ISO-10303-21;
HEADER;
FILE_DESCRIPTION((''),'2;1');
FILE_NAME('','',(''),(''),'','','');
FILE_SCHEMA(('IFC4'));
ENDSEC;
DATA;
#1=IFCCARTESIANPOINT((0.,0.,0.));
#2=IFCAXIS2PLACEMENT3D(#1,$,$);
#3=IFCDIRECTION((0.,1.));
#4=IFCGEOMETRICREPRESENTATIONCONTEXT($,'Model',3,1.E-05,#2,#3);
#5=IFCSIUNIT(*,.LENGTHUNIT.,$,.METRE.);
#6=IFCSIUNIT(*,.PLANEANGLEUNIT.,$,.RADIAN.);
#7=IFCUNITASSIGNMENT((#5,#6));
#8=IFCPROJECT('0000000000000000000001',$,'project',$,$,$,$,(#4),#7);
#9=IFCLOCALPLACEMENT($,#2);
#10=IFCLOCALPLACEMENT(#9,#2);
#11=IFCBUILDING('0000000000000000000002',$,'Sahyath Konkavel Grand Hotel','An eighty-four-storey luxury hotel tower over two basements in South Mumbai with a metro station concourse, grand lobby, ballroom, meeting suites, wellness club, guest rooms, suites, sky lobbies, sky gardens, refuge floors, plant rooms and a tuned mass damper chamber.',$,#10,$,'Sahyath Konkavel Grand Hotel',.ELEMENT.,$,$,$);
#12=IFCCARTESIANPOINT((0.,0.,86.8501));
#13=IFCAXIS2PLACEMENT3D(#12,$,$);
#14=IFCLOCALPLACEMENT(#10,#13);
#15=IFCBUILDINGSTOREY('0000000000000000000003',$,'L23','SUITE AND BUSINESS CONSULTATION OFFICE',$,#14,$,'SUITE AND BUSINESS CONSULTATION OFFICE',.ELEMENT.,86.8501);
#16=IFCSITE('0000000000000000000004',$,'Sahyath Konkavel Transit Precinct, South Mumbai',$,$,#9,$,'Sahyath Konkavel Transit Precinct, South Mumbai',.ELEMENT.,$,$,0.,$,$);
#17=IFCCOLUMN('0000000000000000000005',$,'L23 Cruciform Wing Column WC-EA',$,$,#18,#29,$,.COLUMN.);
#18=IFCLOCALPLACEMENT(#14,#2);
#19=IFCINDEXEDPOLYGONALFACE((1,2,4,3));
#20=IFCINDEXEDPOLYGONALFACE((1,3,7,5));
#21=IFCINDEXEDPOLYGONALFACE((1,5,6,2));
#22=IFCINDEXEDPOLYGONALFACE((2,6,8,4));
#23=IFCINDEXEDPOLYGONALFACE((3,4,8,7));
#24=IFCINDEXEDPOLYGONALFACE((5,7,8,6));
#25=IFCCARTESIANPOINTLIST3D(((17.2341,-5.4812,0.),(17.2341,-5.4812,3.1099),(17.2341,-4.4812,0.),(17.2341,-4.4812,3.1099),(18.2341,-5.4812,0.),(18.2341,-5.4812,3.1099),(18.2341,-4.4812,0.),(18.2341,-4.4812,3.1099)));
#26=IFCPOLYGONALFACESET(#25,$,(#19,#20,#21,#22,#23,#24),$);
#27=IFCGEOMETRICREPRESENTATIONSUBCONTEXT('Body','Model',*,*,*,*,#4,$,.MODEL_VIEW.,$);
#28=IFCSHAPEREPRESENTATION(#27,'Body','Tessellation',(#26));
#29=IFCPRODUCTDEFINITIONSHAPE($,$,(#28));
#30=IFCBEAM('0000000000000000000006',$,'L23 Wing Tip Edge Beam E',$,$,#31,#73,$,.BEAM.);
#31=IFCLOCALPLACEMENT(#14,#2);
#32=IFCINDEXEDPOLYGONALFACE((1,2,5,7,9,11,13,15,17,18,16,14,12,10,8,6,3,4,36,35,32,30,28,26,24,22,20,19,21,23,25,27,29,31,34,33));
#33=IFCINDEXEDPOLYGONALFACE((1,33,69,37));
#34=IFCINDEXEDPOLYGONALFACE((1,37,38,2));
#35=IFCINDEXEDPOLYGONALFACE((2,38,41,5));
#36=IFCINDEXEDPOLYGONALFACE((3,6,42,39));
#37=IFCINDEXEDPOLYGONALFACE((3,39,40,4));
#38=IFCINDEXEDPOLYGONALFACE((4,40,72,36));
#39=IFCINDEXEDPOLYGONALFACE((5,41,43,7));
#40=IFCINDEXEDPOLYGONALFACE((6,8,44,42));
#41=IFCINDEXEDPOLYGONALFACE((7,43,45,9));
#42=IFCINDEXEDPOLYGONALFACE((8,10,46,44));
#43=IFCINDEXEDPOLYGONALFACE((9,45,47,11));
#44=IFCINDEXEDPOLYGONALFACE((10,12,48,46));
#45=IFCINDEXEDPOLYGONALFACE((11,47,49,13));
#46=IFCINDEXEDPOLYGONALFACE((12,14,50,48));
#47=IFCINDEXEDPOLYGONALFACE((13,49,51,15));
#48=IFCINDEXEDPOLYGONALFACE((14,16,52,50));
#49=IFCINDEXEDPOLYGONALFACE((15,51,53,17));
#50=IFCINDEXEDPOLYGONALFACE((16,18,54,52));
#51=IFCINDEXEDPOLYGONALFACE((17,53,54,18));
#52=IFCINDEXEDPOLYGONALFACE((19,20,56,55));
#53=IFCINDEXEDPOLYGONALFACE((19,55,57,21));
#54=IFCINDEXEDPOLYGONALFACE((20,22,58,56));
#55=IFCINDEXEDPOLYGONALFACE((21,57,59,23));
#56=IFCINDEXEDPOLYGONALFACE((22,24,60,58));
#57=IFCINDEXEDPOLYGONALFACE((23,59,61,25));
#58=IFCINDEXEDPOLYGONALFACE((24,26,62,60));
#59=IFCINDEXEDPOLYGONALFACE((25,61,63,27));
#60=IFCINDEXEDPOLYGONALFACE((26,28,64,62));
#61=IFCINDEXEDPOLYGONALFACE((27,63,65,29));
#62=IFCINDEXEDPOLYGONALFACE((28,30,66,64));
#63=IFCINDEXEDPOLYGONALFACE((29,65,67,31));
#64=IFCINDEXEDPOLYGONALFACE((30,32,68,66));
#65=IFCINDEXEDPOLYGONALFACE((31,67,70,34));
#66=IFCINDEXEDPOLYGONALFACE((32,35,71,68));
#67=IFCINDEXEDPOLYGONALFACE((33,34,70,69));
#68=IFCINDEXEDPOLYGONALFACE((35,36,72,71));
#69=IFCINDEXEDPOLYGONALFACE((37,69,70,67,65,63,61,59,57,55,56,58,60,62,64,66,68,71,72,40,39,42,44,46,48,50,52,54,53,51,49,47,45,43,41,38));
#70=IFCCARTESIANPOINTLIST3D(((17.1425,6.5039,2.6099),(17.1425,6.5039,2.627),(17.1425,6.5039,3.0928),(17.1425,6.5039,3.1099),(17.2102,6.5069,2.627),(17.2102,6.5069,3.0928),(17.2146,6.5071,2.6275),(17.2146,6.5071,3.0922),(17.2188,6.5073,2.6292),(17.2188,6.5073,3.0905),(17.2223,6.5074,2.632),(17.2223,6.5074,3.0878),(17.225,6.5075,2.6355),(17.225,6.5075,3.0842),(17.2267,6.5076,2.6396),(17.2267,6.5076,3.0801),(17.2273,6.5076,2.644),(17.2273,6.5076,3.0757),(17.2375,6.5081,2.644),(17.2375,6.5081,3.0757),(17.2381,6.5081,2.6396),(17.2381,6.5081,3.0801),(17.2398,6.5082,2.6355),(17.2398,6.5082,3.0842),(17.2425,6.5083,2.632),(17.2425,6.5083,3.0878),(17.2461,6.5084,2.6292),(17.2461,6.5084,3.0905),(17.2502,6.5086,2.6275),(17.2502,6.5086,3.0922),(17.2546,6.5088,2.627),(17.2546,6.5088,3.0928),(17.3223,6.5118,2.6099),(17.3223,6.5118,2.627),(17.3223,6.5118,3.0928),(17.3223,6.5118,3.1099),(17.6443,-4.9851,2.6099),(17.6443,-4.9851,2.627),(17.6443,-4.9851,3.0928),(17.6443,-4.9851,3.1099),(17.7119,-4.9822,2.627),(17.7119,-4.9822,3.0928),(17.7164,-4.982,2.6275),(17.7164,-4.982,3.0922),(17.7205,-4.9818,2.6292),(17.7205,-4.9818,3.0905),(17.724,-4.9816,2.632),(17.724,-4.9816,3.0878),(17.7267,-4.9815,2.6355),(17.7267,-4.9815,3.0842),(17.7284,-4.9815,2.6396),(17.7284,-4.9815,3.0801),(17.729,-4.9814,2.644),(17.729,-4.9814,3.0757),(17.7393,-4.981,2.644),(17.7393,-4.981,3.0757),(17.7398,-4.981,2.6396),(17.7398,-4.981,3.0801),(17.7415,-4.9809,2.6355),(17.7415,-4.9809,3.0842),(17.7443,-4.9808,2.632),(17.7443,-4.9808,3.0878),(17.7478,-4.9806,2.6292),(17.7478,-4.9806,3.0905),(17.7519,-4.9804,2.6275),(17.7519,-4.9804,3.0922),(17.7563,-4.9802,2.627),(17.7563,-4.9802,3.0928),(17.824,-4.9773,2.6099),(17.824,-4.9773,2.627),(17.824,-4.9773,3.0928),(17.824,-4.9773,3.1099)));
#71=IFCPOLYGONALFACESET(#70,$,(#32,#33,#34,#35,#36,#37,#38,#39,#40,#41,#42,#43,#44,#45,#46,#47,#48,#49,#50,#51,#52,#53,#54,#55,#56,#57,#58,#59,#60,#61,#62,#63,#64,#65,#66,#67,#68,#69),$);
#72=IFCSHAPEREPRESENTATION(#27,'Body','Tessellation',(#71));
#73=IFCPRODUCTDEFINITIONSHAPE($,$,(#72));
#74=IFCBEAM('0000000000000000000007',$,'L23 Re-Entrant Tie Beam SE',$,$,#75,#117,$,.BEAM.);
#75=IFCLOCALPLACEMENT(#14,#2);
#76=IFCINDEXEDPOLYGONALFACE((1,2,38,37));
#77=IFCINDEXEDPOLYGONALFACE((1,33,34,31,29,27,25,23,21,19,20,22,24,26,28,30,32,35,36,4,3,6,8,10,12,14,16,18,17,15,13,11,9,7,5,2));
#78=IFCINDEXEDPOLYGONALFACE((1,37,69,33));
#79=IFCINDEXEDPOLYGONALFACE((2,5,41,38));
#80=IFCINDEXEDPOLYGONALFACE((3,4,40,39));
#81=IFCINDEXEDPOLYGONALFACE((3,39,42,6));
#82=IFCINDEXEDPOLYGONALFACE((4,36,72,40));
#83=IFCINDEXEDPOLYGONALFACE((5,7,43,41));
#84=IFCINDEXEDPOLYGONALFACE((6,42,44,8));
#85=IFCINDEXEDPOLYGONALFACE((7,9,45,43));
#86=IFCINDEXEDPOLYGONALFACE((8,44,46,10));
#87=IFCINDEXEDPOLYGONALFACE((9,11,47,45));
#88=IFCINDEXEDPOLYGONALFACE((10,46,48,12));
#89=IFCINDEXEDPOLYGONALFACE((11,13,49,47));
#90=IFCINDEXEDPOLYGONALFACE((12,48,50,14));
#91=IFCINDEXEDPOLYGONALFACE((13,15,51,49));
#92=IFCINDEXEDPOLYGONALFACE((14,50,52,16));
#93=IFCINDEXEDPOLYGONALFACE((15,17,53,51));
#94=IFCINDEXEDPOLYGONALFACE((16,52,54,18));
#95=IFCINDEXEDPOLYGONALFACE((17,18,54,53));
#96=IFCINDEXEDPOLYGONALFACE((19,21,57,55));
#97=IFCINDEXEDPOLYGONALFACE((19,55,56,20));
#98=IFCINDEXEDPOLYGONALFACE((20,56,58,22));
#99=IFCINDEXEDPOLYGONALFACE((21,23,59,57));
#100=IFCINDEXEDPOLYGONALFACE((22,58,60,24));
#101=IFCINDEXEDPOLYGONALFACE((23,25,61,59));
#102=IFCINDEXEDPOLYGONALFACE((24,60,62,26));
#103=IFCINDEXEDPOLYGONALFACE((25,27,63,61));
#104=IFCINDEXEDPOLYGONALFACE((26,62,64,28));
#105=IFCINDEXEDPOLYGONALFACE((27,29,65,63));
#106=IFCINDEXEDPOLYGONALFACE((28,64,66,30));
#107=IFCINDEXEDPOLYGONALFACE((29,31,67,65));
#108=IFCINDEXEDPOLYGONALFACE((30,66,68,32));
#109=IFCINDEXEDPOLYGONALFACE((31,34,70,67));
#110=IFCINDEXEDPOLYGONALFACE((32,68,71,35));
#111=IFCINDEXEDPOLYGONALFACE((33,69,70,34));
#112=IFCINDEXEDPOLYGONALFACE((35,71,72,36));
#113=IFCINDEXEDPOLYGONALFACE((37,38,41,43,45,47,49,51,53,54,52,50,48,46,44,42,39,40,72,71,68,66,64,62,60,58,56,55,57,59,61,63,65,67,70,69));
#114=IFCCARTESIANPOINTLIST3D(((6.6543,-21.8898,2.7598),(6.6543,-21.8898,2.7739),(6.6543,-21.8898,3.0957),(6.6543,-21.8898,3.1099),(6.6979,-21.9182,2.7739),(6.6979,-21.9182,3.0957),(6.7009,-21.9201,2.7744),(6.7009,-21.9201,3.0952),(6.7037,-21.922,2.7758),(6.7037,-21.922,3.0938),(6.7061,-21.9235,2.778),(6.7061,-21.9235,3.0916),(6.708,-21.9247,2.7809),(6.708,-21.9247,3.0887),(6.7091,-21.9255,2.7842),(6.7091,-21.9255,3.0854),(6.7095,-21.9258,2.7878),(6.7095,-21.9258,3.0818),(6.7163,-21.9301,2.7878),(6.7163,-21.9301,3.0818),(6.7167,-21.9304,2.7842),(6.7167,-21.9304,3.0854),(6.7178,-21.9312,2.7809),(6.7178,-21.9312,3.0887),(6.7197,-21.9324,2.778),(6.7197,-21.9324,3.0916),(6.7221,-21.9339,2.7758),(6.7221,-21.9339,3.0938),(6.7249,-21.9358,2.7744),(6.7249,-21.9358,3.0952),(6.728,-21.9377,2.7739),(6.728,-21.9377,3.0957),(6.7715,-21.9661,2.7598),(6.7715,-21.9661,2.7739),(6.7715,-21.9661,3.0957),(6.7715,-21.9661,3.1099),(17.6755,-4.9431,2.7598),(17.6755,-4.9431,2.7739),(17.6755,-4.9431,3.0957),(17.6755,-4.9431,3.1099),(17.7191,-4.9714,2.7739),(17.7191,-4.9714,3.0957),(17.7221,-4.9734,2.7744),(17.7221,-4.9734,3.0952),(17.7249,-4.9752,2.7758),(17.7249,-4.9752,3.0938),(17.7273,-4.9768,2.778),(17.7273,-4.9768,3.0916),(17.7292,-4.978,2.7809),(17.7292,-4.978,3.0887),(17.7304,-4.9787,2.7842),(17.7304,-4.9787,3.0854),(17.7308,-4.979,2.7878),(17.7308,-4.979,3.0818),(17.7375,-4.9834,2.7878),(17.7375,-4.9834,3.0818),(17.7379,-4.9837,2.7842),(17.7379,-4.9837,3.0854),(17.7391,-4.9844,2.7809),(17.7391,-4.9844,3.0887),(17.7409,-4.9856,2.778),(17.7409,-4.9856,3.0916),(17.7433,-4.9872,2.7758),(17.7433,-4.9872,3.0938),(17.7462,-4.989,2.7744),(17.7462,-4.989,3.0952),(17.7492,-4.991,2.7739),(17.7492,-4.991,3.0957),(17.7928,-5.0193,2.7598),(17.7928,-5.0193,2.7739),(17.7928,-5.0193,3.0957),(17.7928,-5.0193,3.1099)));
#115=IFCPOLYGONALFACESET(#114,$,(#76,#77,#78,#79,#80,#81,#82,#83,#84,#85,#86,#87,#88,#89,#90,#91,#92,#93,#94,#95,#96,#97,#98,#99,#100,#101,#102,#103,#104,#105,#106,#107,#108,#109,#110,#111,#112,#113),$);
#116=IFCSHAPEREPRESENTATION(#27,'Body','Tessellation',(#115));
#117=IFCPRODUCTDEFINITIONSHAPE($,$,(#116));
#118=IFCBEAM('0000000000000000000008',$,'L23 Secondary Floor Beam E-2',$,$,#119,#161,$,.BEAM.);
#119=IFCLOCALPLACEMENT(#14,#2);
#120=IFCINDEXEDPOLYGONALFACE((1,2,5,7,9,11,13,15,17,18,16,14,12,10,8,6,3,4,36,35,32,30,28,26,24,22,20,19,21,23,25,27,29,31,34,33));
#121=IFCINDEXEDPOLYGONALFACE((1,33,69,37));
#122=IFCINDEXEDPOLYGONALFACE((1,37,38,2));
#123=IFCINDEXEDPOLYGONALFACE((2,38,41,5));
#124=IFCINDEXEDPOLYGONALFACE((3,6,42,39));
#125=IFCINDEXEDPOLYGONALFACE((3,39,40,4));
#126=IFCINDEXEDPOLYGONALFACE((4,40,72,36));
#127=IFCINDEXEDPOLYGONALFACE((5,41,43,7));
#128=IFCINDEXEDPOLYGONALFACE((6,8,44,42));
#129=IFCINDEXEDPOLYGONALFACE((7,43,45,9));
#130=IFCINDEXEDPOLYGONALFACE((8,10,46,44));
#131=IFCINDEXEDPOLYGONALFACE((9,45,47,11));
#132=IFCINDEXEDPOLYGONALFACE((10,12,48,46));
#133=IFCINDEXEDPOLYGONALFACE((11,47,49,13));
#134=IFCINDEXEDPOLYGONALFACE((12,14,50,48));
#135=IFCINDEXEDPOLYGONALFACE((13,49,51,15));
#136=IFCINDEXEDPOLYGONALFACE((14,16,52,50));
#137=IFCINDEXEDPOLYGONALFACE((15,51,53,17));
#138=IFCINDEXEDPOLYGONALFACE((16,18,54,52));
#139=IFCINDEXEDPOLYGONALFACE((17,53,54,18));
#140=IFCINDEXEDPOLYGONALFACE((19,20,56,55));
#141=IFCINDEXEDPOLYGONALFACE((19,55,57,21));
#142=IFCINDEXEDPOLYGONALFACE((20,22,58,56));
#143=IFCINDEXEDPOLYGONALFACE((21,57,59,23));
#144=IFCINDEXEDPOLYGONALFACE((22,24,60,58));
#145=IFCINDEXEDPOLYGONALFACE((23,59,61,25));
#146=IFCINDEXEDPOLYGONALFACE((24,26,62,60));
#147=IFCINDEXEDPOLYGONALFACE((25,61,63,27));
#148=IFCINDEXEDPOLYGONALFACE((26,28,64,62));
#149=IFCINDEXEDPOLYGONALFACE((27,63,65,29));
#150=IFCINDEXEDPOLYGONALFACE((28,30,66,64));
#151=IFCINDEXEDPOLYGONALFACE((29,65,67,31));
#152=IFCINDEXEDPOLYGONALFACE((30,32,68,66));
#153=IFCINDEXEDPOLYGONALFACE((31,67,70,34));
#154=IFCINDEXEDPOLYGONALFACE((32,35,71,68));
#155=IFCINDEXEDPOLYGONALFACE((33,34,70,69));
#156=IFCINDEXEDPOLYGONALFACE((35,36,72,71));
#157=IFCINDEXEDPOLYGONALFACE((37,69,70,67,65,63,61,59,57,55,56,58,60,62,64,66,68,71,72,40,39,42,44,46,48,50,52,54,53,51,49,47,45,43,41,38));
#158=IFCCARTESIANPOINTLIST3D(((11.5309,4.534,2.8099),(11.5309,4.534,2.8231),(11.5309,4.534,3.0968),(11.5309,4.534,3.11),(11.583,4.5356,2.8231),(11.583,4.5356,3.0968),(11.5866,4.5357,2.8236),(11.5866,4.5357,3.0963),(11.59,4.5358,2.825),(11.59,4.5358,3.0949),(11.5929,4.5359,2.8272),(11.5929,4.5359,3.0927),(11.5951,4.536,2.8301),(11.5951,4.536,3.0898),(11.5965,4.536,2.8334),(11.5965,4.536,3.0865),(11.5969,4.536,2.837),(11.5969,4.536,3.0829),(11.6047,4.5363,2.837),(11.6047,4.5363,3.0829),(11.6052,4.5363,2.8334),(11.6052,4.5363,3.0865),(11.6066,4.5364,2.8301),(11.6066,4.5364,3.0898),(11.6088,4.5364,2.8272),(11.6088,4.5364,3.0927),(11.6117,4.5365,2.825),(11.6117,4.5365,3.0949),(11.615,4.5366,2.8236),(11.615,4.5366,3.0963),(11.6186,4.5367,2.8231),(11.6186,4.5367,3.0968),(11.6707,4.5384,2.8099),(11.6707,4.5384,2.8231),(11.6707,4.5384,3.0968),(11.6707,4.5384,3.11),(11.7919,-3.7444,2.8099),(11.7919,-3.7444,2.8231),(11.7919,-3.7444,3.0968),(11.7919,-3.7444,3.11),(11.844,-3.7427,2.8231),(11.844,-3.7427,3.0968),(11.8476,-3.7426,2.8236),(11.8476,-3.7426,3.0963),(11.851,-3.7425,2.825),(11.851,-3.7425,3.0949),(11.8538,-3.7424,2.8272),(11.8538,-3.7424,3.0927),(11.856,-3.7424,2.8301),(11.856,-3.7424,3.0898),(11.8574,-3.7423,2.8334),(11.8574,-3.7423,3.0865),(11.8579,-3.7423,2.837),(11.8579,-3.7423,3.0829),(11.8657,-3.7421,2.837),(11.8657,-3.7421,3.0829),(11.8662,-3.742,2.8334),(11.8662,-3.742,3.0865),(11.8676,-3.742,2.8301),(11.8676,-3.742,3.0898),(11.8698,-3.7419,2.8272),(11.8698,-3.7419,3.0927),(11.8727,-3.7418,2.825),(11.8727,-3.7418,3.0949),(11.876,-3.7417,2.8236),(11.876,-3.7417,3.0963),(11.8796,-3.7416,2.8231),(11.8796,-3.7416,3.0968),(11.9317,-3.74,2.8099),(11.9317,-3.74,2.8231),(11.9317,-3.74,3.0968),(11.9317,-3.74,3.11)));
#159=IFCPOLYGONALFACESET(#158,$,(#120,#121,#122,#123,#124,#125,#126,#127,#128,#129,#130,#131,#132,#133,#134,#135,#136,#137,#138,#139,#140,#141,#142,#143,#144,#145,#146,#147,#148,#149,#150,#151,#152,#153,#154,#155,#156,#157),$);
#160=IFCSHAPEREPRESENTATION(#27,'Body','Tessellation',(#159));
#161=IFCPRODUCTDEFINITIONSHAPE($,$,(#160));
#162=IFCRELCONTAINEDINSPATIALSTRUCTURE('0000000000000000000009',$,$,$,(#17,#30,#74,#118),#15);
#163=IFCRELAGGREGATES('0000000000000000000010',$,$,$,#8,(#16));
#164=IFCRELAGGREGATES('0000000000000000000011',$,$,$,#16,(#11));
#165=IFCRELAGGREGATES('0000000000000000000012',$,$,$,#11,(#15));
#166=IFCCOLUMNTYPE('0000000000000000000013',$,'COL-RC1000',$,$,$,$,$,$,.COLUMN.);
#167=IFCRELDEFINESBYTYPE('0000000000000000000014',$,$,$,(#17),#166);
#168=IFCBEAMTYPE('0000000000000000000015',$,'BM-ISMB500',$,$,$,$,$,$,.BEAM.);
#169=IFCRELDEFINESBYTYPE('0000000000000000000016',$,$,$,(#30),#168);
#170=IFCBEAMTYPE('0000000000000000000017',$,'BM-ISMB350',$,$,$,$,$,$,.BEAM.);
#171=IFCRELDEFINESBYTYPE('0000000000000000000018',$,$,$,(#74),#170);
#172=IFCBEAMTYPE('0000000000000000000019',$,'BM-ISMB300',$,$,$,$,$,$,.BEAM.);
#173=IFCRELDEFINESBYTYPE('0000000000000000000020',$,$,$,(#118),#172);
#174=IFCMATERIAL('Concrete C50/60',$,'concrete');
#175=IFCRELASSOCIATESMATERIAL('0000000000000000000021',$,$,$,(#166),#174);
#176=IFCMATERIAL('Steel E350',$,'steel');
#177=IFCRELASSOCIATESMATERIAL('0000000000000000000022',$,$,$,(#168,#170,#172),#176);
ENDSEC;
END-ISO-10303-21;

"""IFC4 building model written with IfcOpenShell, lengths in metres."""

from ifc_helpers import new_model, si_unit, direction, frame, origin, origin_2d, place, context, subcontext, project, spatial, rectangle, i_section, extrude, source, transform, mapped, material, material_profile, profile_set, type_object, element, save


model = new_model("IFC4")

# Units and contexts
model_context = context("Model", 3, precision=1e-05, world=origin(), true_north=direction((0.0, 1.0)))
body_context = subcontext(model_context, "Body", "Model", "MODEL_VIEW")
ifc_project = project(units=[si_unit("LENGTHUNIT", "METRE"), si_unit("PLANEANGLEUNIT", "RADIAN")], contexts=[model_context])

# Site, building, storey
site_placement = place(None, origin())
site = spatial("IfcSite", under=ifc_project, at=site_placement, Name="Sahyath Konkavel Transit Precinct, South Mumbai", LongName="Sahyath Konkavel Transit Precinct, South Mumbai", CompositionType="ELEMENT", RefElevation=0.0)
building_placement = place(site_placement, origin())
building = spatial("IfcBuilding", under=site, at=building_placement, Name="Sahyath Konkavel Grand Hotel", Description="An eighty-four-storey luxury hotel tower over two basements in South Mumbai with a metro station concourse, grand lobby, ballroom, meeting suites, wellness club, guest rooms, suites, sky lobbies, sky gardens, refuge floors, plant rooms and a tuned mass damper chamber.", LongName="Sahyath Konkavel Grand Hotel", CompositionType="ELEMENT")
storey_placement = place(building_placement, frame((0.0, 0.0, 86.8501)))
storey = spatial("IfcBuildingStorey", under=building, at=storey_placement, Name="L23", Description="SUITE AND BUSINESS CONSULTATION OFFICE", LongName="SUITE AND BUSINESS CONSULTATION OFFICE", CompositionType="ELEMENT", Elevation=86.8501)

# Column
ifc_material_1 = material(Name="Concrete C50/60", Category="concrete")
ifc_material_profile_1 = material_profile(ifc_material_1, rectangle(XDim=1.0, YDim=1.0, at=origin_2d()), Name="RC 1000x1000")
ifc_profile_set_1 = profile_set([ifc_material_profile_1], Name="Concrete C50/60")
column_type = type_object("IfcColumnType", Name="COL-RC1000", PredefinedType="COLUMN", material=ifc_profile_set_1)
shared_shape_1 = source(origin(), body_context, "Body", "SweptSolid", [
    extrude(rectangle(XDim=1.0, YDim=1.0, at=origin_2d()), origin(), (0.0, 0.0, 1.0), 3.1099),
])
column_placement = place(storey_placement, frame((17.7341, -4.9812, 0.0), z_axis=(0.0, 0.0, 1.0), x_axis=(1.0, 0.0, 0.0)))
element("IfcColumn", 1, at=column_placement, inside=storey, type_object=column_type, Name="L23 Cruciform Wing Column WC-EA", PredefinedType="COLUMN", context=body_context, shape_type="MappedRepresentation", body=[
    mapped(shared_shape_1, transform((0.0, 0.0, 0.0), scale=1.0)),
])

# Beams
ifc_material_2 = material(Name="Steel E350", Category="steel")
ifc_material_profile_2 = material_profile(ifc_material_2, i_section(OverallWidth=0.1799, OverallDepth=0.5, WebThickness=0.0103, FlangeThickness=0.0171, FilletRadius=0.0171, at=origin_2d()), Name="ISMB 500")
ifc_profile_set_2 = profile_set([ifc_material_profile_2], Name="Steel E350")
beam_type_1 = type_object("IfcBeamType", Name="BM-ISMB500", PredefinedType="BEAM", material=ifc_profile_set_2)
shared_shape_2 = source(origin(), body_context, "Body", "SweptSolid", [
    extrude(i_section(OverallWidth=0.1799, OverallDepth=0.5, WebThickness=0.0103, FlangeThickness=0.0171, FilletRadius=0.0171, at=origin_2d()), origin(), (0.0, 0.0, 1.0), 11.5),
])
beam_1_placement = place(storey_placement, frame((17.7341, -4.9812, 2.8599), z_axis=(-0.043627, 0.999048, 0.0), x_axis=(-0.999048, -0.043627, 0.0)))
element("IfcBeam", 2, at=beam_1_placement, inside=storey, type_object=beam_type_1, Name="L23 Wing Tip Edge Beam E", PredefinedType="BEAM", context=body_context, shape_type="MappedRepresentation", body=[
    mapped(shared_shape_2, transform((0.0, 0.0, 0.0), scale=1.0)),
])
ifc_material_profile_3 = material_profile(ifc_material_2, i_section(OverallWidth=0.1399, OverallDepth=0.3501, WebThickness=0.0081, FlangeThickness=0.0142, FilletRadius=0.0139, at=origin_2d()), Name="ISMB 350")
ifc_profile_set_3 = profile_set([ifc_material_profile_3], Name="Steel E350")
beam_type_2 = type_object("IfcBeamType", Name="BM-ISMB350", PredefinedType="BEAM", material=ifc_profile_set_3)
shared_shape_3 = source(origin(), body_context, "Body", "SweptSolid", [
    extrude(i_section(OverallWidth=0.1399, OverallDepth=0.3501, WebThickness=0.0081, FlangeThickness=0.0142, FilletRadius=0.0139, at=origin_2d()), origin(), (0.0, 0.0, 1.0), 20.2153),
])
beam_2_placement = place(storey_placement, frame((17.7341, -4.9812, 2.9348), z_axis=(-0.545191, -0.838312, 0.0), x_axis=(0.838312, -0.545191, 0.0)))
element("IfcBeam", 3, at=beam_2_placement, inside=storey, type_object=beam_type_2, Name="L23 Re-Entrant Tie Beam SE", PredefinedType="BEAM", context=body_context, shape_type="MappedRepresentation", body=[
    mapped(shared_shape_3, transform((0.0, 0.0, 0.0), scale=1.0)),
])
ifc_material_profile_4 = material_profile(ifc_material_2, i_section(OverallWidth=0.1399, OverallDepth=0.3, WebThickness=0.0078, FlangeThickness=0.0132, FilletRadius=0.0139, at=origin_2d()), Name="ISMB 300")
ifc_profile_set_4 = profile_set([ifc_material_profile_4], Name="Steel E350")
beam_type_3 = type_object("IfcBeamType", Name="BM-ISMB300", PredefinedType="BEAM", material=ifc_profile_set_4)
shared_shape_4 = source(origin(), body_context, "Body", "SweptSolid", [
    extrude(i_section(OverallWidth=0.1399, OverallDepth=0.3, WebThickness=0.0078, FlangeThickness=0.0132, FilletRadius=0.0139, at=origin_2d()), origin(), (0.0, 0.0, 1.0), 8.2825),
])
beam_3_placement = place(storey_placement, frame((11.8618, -3.7422, 2.96), z_axis=(-0.031511, 0.999503, 0.0), x_axis=(-0.999503, -0.031511, 0.0)))
element("IfcBeam", 4, at=beam_3_placement, inside=storey, type_object=beam_type_3, Name="L23 Secondary Floor Beam E-2", PredefinedType="BEAM", context=body_context, shape_type="MappedRepresentation", body=[
    mapped(shared_shape_4, transform((0.0, 0.0, 0.0), scale=1.0)),
])

save(model, "model.ifc")
